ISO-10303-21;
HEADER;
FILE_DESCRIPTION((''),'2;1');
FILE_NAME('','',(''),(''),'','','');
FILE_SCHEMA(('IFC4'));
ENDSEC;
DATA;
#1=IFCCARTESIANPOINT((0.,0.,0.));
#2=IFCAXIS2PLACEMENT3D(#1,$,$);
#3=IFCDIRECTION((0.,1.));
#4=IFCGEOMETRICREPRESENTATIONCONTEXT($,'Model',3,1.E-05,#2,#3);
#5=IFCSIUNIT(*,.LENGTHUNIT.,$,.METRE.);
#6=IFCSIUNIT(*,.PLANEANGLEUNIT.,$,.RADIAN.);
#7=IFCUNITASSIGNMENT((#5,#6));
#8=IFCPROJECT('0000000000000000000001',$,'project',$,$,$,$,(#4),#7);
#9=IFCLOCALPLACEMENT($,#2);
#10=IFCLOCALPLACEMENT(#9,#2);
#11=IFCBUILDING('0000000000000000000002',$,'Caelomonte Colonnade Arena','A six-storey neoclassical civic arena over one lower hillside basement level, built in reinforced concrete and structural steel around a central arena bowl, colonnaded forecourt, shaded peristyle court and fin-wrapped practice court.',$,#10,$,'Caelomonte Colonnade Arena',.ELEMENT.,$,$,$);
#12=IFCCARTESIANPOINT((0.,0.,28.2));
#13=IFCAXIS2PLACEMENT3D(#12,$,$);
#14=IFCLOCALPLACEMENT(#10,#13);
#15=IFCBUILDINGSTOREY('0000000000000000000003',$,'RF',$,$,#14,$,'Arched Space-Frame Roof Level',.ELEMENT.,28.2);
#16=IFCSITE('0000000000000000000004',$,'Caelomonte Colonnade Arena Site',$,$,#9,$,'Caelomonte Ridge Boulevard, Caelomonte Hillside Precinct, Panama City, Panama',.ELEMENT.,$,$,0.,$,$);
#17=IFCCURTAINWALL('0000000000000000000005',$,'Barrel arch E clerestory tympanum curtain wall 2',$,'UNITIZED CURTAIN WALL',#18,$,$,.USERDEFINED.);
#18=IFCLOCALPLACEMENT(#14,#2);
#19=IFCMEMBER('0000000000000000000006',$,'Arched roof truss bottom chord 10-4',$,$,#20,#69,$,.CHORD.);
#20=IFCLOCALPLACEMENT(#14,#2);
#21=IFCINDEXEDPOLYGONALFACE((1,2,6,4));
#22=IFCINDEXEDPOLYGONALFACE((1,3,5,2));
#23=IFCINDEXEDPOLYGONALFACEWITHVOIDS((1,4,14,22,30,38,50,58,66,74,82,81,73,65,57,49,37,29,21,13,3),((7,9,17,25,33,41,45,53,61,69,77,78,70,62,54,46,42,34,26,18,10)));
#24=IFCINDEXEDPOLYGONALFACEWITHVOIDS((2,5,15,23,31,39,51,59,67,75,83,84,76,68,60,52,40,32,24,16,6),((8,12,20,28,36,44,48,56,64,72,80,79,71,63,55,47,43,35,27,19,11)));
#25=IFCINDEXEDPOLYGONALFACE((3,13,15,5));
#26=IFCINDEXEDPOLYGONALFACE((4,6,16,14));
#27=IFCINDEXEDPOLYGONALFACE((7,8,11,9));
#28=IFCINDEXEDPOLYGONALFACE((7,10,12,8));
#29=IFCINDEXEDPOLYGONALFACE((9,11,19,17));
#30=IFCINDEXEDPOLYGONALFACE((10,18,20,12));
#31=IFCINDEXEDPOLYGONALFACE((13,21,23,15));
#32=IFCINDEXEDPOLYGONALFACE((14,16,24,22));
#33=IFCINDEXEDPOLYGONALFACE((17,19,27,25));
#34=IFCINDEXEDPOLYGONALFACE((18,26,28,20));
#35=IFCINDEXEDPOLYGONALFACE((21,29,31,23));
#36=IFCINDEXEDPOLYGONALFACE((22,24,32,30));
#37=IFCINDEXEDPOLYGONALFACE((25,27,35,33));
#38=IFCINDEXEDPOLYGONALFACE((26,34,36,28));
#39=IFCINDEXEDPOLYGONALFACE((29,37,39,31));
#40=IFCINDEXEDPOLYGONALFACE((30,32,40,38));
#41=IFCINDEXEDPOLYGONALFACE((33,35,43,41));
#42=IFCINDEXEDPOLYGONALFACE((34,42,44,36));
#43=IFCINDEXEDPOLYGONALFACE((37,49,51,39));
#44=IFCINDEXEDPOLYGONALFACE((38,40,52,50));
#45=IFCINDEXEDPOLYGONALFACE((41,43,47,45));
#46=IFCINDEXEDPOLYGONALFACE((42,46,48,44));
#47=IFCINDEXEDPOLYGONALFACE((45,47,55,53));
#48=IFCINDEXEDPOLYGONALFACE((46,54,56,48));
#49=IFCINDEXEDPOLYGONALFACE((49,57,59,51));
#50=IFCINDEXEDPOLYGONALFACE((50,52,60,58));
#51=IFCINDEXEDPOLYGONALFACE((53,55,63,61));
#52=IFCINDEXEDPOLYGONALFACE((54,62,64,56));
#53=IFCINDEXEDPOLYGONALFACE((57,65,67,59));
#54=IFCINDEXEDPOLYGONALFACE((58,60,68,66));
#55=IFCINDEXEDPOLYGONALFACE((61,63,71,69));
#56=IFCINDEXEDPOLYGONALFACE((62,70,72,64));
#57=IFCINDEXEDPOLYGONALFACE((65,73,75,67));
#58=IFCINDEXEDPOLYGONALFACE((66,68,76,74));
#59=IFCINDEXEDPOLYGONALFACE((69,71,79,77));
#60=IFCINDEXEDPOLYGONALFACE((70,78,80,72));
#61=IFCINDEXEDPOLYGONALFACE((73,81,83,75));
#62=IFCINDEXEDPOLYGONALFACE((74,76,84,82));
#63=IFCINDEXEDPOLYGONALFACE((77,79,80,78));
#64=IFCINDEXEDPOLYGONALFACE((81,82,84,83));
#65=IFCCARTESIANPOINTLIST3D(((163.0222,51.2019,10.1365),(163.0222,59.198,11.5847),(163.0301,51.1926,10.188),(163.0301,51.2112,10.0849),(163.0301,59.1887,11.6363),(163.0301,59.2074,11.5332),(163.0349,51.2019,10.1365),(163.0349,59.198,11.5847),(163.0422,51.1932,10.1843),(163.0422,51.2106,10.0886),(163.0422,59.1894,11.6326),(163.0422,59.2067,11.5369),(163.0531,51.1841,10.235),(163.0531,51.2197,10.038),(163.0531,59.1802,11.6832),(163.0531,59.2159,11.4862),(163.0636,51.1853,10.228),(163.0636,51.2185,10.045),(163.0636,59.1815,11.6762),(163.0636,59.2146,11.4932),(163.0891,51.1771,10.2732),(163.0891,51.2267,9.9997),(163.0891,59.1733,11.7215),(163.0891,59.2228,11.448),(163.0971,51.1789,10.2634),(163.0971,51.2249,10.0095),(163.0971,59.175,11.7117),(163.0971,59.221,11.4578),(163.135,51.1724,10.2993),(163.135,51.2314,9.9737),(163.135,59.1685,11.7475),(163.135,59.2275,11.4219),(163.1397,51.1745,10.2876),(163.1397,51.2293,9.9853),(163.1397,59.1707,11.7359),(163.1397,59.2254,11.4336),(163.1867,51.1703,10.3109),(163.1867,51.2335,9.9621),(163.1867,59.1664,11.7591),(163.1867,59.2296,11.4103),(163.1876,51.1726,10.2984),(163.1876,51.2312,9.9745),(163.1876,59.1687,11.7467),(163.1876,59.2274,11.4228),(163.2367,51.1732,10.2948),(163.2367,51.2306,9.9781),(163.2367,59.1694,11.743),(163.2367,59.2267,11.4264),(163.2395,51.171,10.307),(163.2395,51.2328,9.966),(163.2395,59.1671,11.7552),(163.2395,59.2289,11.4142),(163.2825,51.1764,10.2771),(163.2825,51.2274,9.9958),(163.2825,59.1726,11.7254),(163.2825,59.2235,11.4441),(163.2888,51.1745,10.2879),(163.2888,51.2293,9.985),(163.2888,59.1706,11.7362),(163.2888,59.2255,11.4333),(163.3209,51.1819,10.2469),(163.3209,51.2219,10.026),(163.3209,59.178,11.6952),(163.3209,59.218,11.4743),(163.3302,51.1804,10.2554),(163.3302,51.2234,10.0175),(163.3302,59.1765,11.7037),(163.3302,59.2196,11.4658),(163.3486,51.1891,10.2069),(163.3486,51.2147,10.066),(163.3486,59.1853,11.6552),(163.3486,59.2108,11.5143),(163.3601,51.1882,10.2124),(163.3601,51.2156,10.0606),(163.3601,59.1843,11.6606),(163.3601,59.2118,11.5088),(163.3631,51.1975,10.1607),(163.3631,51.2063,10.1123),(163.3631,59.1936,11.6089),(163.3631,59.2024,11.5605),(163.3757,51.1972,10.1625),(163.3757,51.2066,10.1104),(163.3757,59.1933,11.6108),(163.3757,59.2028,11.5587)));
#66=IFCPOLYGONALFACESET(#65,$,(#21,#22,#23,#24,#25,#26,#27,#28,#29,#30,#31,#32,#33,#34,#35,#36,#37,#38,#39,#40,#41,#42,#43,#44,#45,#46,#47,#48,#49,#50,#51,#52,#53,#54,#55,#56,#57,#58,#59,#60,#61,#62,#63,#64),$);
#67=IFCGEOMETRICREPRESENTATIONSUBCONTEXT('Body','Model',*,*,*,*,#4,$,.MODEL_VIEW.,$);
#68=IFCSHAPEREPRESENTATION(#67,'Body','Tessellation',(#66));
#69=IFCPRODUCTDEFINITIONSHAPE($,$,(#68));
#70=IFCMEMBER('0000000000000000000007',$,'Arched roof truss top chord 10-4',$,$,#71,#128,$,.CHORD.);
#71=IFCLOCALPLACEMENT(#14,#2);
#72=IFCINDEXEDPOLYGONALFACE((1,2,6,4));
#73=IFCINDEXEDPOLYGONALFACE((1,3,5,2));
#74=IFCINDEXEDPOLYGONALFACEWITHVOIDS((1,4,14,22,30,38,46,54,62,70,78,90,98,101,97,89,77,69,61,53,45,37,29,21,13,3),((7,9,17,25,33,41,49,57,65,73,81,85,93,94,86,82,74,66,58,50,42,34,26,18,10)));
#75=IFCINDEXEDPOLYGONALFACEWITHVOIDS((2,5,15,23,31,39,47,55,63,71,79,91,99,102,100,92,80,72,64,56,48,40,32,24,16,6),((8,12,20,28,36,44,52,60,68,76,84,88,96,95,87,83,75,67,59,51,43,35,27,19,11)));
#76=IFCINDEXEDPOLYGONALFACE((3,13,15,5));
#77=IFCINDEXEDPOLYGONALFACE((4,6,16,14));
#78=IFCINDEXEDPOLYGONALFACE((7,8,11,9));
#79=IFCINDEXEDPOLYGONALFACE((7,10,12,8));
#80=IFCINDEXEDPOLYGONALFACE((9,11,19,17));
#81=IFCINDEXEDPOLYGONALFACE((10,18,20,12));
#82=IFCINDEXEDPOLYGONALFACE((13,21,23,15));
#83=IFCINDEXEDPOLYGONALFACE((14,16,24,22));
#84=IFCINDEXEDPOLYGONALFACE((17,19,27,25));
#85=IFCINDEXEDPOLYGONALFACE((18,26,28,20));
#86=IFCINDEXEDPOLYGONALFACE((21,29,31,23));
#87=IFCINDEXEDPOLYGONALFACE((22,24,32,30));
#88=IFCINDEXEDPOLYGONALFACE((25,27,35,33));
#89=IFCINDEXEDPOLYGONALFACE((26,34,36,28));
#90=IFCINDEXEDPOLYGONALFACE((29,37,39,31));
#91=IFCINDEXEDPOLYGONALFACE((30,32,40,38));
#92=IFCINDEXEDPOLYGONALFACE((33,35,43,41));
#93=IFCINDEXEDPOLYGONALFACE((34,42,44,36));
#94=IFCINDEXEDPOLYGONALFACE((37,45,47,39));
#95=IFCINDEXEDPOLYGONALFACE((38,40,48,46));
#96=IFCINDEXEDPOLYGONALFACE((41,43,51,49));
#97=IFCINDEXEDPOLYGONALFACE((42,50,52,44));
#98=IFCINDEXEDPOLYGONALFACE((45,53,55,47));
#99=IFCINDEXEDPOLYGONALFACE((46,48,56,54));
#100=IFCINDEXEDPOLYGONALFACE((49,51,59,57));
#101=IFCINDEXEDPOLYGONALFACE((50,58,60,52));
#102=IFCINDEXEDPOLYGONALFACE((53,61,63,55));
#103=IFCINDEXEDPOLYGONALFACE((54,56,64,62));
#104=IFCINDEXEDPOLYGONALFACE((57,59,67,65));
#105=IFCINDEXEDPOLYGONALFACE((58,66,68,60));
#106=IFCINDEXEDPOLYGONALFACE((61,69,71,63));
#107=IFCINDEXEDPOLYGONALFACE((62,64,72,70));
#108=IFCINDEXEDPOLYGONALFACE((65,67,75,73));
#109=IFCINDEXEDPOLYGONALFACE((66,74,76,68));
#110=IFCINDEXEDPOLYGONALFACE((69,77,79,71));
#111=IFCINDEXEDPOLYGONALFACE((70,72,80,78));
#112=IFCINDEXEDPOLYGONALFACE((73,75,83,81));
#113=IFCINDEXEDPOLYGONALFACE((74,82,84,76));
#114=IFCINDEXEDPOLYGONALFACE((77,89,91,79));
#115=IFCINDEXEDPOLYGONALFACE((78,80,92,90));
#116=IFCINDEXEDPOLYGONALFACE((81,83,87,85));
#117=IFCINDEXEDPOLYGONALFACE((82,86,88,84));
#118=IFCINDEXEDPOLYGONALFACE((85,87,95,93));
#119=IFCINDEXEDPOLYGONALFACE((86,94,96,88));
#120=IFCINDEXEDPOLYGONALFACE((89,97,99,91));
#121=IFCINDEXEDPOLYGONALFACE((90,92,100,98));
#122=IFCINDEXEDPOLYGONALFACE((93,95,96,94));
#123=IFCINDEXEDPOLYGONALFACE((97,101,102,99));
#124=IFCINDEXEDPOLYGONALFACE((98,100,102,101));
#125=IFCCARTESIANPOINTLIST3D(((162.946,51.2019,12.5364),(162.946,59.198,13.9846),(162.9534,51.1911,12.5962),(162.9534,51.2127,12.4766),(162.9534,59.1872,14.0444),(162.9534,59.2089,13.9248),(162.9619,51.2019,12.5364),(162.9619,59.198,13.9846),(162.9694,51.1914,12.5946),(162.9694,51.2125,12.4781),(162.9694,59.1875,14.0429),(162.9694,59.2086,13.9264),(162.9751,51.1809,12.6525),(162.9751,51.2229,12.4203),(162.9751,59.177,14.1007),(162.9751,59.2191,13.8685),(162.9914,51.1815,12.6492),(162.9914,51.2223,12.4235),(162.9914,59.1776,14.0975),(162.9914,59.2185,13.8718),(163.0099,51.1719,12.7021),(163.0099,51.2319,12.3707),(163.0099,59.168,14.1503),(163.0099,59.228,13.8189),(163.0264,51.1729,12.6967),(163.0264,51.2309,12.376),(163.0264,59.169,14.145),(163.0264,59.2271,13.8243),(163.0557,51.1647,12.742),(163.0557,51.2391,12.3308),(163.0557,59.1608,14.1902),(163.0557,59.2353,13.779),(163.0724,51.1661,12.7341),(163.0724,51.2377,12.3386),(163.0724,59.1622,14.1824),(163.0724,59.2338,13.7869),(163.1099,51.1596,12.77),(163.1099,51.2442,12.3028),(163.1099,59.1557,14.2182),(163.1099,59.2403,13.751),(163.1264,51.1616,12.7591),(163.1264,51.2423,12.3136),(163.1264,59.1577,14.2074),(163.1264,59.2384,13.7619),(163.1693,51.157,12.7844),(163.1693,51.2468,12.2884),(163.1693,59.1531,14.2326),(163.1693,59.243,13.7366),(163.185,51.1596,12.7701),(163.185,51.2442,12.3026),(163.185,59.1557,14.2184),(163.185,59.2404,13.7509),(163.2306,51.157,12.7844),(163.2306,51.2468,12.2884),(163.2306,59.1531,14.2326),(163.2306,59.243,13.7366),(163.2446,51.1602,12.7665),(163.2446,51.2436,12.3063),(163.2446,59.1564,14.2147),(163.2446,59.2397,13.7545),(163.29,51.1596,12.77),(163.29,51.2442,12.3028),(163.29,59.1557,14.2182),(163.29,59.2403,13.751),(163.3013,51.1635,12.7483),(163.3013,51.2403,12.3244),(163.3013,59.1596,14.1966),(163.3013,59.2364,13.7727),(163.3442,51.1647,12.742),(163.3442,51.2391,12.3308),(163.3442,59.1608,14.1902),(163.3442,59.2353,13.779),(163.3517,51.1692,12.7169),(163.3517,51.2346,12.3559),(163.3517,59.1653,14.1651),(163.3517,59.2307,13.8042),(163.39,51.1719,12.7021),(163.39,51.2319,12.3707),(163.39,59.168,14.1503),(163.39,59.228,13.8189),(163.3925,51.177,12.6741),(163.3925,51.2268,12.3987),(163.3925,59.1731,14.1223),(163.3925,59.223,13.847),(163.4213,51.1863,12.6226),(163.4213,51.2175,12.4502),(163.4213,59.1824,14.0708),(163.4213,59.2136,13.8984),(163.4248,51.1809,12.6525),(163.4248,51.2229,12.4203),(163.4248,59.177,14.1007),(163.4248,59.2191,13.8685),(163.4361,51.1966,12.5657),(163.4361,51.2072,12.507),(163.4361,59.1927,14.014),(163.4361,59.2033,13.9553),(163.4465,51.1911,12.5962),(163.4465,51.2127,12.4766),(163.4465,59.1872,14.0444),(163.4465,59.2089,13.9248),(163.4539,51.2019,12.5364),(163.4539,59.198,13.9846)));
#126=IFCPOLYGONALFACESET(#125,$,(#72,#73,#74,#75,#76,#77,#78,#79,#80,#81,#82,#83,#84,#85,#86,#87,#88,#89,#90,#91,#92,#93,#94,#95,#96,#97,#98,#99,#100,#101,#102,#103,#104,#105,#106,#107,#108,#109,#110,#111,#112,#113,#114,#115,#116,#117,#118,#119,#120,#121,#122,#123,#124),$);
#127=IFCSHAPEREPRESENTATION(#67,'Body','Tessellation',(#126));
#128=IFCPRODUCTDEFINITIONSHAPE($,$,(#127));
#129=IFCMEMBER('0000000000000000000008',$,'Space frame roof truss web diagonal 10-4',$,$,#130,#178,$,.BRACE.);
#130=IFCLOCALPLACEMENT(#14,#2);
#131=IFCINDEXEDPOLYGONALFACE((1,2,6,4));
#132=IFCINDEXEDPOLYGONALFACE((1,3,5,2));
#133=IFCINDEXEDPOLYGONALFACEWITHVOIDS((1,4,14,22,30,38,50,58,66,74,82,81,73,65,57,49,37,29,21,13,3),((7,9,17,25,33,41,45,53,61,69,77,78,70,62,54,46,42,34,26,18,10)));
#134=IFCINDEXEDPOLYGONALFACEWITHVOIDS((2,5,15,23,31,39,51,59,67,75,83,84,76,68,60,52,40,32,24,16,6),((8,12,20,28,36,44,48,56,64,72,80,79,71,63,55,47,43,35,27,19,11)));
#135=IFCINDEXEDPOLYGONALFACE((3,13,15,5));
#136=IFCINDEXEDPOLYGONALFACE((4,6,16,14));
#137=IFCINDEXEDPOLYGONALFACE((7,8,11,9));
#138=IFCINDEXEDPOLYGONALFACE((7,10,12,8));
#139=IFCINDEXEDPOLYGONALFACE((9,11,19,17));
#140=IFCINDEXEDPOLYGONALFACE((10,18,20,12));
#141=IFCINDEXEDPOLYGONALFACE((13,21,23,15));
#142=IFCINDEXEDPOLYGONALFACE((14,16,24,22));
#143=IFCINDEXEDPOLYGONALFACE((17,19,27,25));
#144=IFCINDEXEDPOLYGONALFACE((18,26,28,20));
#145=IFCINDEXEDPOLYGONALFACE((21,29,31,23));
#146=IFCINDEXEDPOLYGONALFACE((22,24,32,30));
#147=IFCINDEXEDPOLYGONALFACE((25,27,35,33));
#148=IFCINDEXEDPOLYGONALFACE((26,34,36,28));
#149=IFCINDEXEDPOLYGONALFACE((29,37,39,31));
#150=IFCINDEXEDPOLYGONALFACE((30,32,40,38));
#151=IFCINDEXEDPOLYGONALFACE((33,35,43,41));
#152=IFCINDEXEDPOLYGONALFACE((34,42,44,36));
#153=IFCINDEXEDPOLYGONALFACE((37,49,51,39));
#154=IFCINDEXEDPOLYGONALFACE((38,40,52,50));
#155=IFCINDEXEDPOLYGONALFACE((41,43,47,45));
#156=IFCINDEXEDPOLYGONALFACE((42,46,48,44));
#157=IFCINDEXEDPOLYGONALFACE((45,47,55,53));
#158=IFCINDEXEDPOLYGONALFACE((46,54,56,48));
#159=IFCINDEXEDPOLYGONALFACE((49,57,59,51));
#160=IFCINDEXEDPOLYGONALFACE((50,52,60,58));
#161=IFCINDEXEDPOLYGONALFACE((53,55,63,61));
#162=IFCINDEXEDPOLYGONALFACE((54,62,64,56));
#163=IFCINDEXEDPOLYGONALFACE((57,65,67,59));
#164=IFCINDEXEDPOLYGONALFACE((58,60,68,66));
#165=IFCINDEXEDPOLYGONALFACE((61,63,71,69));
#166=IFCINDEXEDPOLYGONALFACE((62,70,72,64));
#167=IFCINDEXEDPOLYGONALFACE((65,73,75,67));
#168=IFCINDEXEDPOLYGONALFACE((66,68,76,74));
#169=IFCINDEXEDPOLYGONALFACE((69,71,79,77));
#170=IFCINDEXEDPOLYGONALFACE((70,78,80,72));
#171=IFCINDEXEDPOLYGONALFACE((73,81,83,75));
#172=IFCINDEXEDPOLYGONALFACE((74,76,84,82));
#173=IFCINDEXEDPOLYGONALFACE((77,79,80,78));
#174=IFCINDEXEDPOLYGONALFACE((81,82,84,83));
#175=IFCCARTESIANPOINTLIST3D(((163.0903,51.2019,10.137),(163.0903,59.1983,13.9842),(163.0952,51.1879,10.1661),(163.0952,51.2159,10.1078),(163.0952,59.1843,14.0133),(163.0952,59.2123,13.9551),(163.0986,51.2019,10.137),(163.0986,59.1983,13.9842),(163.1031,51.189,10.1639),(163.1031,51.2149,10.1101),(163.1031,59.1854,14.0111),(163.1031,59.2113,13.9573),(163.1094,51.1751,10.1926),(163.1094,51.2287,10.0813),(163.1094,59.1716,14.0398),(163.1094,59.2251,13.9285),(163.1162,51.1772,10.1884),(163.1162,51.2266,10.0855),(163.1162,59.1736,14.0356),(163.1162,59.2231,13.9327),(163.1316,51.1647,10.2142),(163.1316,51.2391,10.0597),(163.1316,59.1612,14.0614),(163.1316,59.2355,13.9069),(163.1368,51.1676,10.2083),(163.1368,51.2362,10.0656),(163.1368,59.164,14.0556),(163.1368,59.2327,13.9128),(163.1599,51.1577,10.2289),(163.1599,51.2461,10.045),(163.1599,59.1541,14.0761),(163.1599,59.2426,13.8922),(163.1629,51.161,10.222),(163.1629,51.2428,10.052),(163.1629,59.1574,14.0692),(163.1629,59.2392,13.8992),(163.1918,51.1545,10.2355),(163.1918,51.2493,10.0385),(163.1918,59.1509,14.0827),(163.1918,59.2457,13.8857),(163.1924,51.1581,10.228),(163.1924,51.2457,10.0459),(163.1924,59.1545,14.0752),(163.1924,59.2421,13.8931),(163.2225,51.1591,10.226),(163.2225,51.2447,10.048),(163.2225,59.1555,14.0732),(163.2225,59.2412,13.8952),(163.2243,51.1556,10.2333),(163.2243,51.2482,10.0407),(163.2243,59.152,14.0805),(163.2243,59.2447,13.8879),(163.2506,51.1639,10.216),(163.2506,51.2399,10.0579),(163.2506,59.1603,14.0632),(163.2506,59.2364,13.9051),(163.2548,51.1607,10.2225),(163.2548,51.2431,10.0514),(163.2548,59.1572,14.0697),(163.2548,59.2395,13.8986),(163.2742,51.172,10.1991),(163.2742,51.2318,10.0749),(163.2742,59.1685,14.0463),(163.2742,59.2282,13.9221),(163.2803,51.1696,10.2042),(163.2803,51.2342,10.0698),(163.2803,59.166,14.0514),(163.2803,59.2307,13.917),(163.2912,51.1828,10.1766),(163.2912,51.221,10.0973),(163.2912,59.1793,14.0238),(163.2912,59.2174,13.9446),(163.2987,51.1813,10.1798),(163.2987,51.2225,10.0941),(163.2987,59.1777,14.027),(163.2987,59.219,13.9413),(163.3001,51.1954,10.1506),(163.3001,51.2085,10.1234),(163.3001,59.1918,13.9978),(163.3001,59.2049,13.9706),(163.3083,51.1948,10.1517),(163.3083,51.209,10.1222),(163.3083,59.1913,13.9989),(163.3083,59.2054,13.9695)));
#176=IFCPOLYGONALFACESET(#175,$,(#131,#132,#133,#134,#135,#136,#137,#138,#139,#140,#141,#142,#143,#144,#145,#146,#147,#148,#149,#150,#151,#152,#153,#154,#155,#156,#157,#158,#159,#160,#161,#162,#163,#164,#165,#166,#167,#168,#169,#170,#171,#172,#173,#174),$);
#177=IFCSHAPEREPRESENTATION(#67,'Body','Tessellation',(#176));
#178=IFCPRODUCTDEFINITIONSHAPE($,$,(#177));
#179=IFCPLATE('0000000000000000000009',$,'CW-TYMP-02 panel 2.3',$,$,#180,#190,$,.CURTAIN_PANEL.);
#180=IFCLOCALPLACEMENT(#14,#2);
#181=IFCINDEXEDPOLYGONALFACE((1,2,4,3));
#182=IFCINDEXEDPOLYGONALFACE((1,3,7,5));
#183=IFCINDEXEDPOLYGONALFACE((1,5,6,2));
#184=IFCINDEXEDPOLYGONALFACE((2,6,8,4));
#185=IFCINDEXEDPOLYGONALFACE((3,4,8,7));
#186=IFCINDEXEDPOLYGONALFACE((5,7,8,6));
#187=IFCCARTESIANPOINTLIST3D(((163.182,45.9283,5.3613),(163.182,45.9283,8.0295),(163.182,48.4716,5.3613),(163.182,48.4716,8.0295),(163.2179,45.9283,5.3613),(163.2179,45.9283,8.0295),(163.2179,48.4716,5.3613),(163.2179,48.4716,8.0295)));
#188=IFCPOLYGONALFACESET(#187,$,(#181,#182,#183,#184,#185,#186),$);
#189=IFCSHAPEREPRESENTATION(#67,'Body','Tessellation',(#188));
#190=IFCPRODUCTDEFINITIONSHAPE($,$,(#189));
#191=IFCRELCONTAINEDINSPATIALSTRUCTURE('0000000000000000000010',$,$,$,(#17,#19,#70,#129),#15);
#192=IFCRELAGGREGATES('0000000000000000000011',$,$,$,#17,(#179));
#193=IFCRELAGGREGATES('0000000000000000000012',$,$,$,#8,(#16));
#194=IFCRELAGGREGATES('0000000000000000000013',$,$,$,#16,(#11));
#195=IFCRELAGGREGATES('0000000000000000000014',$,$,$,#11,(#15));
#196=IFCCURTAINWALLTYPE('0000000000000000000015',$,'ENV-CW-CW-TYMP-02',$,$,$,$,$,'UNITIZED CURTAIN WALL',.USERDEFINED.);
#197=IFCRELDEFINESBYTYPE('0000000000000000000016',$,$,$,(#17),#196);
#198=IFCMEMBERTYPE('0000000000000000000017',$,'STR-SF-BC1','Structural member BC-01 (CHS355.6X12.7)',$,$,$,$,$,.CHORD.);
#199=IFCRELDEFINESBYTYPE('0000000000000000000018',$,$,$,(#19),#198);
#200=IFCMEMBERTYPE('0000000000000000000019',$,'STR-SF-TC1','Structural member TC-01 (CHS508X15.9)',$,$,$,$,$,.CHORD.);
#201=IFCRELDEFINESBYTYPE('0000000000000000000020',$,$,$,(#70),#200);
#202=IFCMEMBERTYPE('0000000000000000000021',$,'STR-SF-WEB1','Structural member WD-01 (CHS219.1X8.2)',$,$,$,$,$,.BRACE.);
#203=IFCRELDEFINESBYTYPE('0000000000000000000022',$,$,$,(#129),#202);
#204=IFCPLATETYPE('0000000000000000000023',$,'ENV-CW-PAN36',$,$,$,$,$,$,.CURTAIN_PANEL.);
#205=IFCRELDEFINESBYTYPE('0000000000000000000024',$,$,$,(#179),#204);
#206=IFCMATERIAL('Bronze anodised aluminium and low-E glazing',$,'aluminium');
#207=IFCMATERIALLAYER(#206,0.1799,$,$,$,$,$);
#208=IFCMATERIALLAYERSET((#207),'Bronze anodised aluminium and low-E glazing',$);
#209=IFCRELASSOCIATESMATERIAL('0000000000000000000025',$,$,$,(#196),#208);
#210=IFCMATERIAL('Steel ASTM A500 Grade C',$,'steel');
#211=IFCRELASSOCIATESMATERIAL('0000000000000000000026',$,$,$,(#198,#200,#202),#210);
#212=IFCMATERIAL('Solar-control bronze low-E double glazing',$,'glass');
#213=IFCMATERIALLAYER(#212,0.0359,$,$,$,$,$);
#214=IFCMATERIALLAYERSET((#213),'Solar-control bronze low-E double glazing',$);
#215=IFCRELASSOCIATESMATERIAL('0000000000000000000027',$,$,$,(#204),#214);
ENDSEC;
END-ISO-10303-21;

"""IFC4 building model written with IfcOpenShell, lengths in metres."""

from ifc_helpers import new_model, si_unit, direction, frame, origin, origin_2d, place, context, subcontext, project, spatial, rectangle, hollow_circle, extrude, material, layer, layer_set, material_profile, profile_set, type_object, element, aggregate, save


model = new_model("IFC4")

# Units and contexts
model_context = context("Model", 3, precision=1e-05, world=origin(), true_north=direction((0.0, 1.0)))
body_context = subcontext(model_context, "Body", "Model", "MODEL_VIEW")
ifc_project = project(units=[si_unit("LENGTHUNIT", "METRE"), si_unit("PLANEANGLEUNIT", "RADIAN")], contexts=[model_context])

# Site, building, storey
site_placement = place(None, origin())
site = spatial("IfcSite", under=ifc_project, at=site_placement, Name="Caelomonte Colonnade Arena Site", LongName="Caelomonte Ridge Boulevard, Caelomonte Hillside Precinct, Panama City, Panama", CompositionType="ELEMENT", RefElevation=0.0)
building_placement = place(site_placement, origin())
building = spatial("IfcBuilding", under=site, at=building_placement, Name="Caelomonte Colonnade Arena", Description="A six-storey neoclassical civic arena over one lower hillside basement level, built in reinforced concrete and structural steel around a central arena bowl, colonnaded forecourt, shaded peristyle court and fin-wrapped practice court.", LongName="Caelomonte Colonnade Arena", CompositionType="ELEMENT")
storey_placement = place(building_placement, frame((0.0, 0.0, 28.2)))
storey = spatial("IfcBuildingStorey", under=building, at=storey_placement, Name="RF", LongName="Arched Space-Frame Roof Level", CompositionType="ELEMENT", Elevation=28.2)

# Curtain wall
ifc_material_1 = material(Name="Bronze anodised aluminium and low-E glazing", Category="aluminium")
ifc_layer_1 = layer(ifc_material_1, 0.1799)
ifc_layer_set_1 = layer_set([ifc_layer_1], Name="Bronze anodised aluminium and low-E glazing")
curtain_wall_type_1 = type_object("IfcCurtainWallType", Name="ENV-CW-CW-TYMP-02", ElementType="UNITIZED CURTAIN WALL", PredefinedType="USERDEFINED", material=ifc_layer_set_1)
curtain_wall_1_placement = place(storey_placement, origin())
curtain_wall_1 = element("IfcCurtainWall", 1, at=curtain_wall_1_placement, inside=storey, type_object=curtain_wall_type_1, Name="Barrel arch E clerestory tympanum curtain wall 2", ObjectType="UNITIZED CURTAIN WALL", PredefinedType="USERDEFINED")

# Members
ifc_material_2 = material(Name="Steel ASTM A500 Grade C", Category="steel")
ifc_material_profile_1 = material_profile(ifc_material_2, hollow_circle(Radius=0.1777, WallThickness=0.0127, at=origin_2d()), Name="CHS355.6X12.7")
ifc_profile_set_1 = profile_set([ifc_material_profile_1], Name="Steel ASTM A500 Grade C")
member_type_1 = type_object("IfcMemberType", Name="STR-SF-BC1", Description="Structural member BC-01 (CHS355.6X12.7)", PredefinedType="CHORD", material=ifc_profile_set_1)
member_1_placement = place(storey_placement, frame((163.2, 51.2019, 10.1365), z_axis=(0.0, 0.983991, 0.178219), x_axis=(-1.0, 0.0, 0.0)))
element("IfcMember", 2, at=member_1_placement, inside=storey, type_object=member_type_1, Name="Arched roof truss bottom chord 10-4", PredefinedType="CHORD", context=body_context, shape_type="SweptSolid", body=[
    extrude(hollow_circle(Radius=0.1777, WallThickness=0.0127, at=origin_2d()), origin(), (0.0, 0.0, 1.0), 8.1262),
])
ifc_material_profile_2 = material_profile(ifc_material_2, hollow_circle(Radius=0.2539, WallThickness=0.0159, at=origin_2d()), Name="CHS508X15.9")
ifc_profile_set_2 = profile_set([ifc_material_profile_2], Name="Steel ASTM A500 Grade C")
member_type_2 = type_object("IfcMemberType", Name="STR-SF-TC1", Description="Structural member TC-01 (CHS508X15.9)", PredefinedType="CHORD", material=ifc_profile_set_2)
member_2_placement = place(storey_placement, frame((163.2, 51.2019, 12.5364), z_axis=(0.0, 0.983991, 0.178219), x_axis=(-1.0, 0.0, 0.0)))
element("IfcMember", 3, at=member_2_placement, inside=storey, type_object=member_type_2, Name="Arched roof truss top chord 10-4", PredefinedType="CHORD", context=body_context, shape_type="SweptSolid", body=[
    extrude(hollow_circle(Radius=0.2539, WallThickness=0.0159, at=origin_2d()), origin(), (0.0, 0.0, 1.0), 8.1262),
])
ifc_material_profile_3 = material_profile(ifc_material_2, hollow_circle(Radius=0.1096, WallThickness=0.0083, at=origin_2d()), Name="CHS219.1X8.2")
ifc_profile_set_3 = profile_set([ifc_material_profile_3], Name="Steel ASTM A500 Grade C")
member_type_3 = type_object("IfcMemberType", Name="STR-SF-WEB1", Description="Structural member WD-01 (CHS219.1X8.2)", PredefinedType="BRACE", material=ifc_profile_set_3)
member_3_placement = place(storey_placement, frame((163.2, 51.2019, 10.137), z_axis=(0.0, 0.90113, 0.433548), x_axis=(-1.0, 0.0, 0.0)))
element("IfcMember", 4, at=member_3_placement, inside=storey, type_object=member_type_3, Name="Space frame roof truss web diagonal 10-4", PredefinedType="BRACE", context=body_context, shape_type="SweptSolid", body=[
    extrude(hollow_circle(Radius=0.1096, WallThickness=0.0083, at=origin_2d()), origin(), (0.0, 0.0, 1.0), 8.8738),
])

# Plate
ifc_material_3 = material(Name="Solar-control bronze low-E double glazing", Category="glass")
ifc_layer_2 = layer(ifc_material_3, 0.0359)
ifc_layer_set_2 = layer_set([ifc_layer_2], Name="Solar-control bronze low-E double glazing")
plate_type_1 = type_object("IfcPlateType", Name="ENV-CW-PAN36", PredefinedType="CURTAIN_PANEL", material=ifc_layer_set_2)
plate_1_placement = place(storey_placement, frame((163.2, 47.2, 5.3613), z_axis=(0.0, 0.0, 1.0), x_axis=(0.0, 1.0, 0.0)))
plate_1 = element("IfcPlate", 5, at=plate_1_placement, type_object=plate_type_1, Name="CW-TYMP-02 panel 2.3", PredefinedType="CURTAIN_PANEL", context=body_context, shape_type="SweptSolid", body=[
    extrude(rectangle(XDim=2.5432, YDim=0.0359, at=origin_2d()), origin(), (0.0, 0.0, 1.0), 2.6682),
])
aggregate(curtain_wall_1, [plate_1])

save(model, "model.ifc")
